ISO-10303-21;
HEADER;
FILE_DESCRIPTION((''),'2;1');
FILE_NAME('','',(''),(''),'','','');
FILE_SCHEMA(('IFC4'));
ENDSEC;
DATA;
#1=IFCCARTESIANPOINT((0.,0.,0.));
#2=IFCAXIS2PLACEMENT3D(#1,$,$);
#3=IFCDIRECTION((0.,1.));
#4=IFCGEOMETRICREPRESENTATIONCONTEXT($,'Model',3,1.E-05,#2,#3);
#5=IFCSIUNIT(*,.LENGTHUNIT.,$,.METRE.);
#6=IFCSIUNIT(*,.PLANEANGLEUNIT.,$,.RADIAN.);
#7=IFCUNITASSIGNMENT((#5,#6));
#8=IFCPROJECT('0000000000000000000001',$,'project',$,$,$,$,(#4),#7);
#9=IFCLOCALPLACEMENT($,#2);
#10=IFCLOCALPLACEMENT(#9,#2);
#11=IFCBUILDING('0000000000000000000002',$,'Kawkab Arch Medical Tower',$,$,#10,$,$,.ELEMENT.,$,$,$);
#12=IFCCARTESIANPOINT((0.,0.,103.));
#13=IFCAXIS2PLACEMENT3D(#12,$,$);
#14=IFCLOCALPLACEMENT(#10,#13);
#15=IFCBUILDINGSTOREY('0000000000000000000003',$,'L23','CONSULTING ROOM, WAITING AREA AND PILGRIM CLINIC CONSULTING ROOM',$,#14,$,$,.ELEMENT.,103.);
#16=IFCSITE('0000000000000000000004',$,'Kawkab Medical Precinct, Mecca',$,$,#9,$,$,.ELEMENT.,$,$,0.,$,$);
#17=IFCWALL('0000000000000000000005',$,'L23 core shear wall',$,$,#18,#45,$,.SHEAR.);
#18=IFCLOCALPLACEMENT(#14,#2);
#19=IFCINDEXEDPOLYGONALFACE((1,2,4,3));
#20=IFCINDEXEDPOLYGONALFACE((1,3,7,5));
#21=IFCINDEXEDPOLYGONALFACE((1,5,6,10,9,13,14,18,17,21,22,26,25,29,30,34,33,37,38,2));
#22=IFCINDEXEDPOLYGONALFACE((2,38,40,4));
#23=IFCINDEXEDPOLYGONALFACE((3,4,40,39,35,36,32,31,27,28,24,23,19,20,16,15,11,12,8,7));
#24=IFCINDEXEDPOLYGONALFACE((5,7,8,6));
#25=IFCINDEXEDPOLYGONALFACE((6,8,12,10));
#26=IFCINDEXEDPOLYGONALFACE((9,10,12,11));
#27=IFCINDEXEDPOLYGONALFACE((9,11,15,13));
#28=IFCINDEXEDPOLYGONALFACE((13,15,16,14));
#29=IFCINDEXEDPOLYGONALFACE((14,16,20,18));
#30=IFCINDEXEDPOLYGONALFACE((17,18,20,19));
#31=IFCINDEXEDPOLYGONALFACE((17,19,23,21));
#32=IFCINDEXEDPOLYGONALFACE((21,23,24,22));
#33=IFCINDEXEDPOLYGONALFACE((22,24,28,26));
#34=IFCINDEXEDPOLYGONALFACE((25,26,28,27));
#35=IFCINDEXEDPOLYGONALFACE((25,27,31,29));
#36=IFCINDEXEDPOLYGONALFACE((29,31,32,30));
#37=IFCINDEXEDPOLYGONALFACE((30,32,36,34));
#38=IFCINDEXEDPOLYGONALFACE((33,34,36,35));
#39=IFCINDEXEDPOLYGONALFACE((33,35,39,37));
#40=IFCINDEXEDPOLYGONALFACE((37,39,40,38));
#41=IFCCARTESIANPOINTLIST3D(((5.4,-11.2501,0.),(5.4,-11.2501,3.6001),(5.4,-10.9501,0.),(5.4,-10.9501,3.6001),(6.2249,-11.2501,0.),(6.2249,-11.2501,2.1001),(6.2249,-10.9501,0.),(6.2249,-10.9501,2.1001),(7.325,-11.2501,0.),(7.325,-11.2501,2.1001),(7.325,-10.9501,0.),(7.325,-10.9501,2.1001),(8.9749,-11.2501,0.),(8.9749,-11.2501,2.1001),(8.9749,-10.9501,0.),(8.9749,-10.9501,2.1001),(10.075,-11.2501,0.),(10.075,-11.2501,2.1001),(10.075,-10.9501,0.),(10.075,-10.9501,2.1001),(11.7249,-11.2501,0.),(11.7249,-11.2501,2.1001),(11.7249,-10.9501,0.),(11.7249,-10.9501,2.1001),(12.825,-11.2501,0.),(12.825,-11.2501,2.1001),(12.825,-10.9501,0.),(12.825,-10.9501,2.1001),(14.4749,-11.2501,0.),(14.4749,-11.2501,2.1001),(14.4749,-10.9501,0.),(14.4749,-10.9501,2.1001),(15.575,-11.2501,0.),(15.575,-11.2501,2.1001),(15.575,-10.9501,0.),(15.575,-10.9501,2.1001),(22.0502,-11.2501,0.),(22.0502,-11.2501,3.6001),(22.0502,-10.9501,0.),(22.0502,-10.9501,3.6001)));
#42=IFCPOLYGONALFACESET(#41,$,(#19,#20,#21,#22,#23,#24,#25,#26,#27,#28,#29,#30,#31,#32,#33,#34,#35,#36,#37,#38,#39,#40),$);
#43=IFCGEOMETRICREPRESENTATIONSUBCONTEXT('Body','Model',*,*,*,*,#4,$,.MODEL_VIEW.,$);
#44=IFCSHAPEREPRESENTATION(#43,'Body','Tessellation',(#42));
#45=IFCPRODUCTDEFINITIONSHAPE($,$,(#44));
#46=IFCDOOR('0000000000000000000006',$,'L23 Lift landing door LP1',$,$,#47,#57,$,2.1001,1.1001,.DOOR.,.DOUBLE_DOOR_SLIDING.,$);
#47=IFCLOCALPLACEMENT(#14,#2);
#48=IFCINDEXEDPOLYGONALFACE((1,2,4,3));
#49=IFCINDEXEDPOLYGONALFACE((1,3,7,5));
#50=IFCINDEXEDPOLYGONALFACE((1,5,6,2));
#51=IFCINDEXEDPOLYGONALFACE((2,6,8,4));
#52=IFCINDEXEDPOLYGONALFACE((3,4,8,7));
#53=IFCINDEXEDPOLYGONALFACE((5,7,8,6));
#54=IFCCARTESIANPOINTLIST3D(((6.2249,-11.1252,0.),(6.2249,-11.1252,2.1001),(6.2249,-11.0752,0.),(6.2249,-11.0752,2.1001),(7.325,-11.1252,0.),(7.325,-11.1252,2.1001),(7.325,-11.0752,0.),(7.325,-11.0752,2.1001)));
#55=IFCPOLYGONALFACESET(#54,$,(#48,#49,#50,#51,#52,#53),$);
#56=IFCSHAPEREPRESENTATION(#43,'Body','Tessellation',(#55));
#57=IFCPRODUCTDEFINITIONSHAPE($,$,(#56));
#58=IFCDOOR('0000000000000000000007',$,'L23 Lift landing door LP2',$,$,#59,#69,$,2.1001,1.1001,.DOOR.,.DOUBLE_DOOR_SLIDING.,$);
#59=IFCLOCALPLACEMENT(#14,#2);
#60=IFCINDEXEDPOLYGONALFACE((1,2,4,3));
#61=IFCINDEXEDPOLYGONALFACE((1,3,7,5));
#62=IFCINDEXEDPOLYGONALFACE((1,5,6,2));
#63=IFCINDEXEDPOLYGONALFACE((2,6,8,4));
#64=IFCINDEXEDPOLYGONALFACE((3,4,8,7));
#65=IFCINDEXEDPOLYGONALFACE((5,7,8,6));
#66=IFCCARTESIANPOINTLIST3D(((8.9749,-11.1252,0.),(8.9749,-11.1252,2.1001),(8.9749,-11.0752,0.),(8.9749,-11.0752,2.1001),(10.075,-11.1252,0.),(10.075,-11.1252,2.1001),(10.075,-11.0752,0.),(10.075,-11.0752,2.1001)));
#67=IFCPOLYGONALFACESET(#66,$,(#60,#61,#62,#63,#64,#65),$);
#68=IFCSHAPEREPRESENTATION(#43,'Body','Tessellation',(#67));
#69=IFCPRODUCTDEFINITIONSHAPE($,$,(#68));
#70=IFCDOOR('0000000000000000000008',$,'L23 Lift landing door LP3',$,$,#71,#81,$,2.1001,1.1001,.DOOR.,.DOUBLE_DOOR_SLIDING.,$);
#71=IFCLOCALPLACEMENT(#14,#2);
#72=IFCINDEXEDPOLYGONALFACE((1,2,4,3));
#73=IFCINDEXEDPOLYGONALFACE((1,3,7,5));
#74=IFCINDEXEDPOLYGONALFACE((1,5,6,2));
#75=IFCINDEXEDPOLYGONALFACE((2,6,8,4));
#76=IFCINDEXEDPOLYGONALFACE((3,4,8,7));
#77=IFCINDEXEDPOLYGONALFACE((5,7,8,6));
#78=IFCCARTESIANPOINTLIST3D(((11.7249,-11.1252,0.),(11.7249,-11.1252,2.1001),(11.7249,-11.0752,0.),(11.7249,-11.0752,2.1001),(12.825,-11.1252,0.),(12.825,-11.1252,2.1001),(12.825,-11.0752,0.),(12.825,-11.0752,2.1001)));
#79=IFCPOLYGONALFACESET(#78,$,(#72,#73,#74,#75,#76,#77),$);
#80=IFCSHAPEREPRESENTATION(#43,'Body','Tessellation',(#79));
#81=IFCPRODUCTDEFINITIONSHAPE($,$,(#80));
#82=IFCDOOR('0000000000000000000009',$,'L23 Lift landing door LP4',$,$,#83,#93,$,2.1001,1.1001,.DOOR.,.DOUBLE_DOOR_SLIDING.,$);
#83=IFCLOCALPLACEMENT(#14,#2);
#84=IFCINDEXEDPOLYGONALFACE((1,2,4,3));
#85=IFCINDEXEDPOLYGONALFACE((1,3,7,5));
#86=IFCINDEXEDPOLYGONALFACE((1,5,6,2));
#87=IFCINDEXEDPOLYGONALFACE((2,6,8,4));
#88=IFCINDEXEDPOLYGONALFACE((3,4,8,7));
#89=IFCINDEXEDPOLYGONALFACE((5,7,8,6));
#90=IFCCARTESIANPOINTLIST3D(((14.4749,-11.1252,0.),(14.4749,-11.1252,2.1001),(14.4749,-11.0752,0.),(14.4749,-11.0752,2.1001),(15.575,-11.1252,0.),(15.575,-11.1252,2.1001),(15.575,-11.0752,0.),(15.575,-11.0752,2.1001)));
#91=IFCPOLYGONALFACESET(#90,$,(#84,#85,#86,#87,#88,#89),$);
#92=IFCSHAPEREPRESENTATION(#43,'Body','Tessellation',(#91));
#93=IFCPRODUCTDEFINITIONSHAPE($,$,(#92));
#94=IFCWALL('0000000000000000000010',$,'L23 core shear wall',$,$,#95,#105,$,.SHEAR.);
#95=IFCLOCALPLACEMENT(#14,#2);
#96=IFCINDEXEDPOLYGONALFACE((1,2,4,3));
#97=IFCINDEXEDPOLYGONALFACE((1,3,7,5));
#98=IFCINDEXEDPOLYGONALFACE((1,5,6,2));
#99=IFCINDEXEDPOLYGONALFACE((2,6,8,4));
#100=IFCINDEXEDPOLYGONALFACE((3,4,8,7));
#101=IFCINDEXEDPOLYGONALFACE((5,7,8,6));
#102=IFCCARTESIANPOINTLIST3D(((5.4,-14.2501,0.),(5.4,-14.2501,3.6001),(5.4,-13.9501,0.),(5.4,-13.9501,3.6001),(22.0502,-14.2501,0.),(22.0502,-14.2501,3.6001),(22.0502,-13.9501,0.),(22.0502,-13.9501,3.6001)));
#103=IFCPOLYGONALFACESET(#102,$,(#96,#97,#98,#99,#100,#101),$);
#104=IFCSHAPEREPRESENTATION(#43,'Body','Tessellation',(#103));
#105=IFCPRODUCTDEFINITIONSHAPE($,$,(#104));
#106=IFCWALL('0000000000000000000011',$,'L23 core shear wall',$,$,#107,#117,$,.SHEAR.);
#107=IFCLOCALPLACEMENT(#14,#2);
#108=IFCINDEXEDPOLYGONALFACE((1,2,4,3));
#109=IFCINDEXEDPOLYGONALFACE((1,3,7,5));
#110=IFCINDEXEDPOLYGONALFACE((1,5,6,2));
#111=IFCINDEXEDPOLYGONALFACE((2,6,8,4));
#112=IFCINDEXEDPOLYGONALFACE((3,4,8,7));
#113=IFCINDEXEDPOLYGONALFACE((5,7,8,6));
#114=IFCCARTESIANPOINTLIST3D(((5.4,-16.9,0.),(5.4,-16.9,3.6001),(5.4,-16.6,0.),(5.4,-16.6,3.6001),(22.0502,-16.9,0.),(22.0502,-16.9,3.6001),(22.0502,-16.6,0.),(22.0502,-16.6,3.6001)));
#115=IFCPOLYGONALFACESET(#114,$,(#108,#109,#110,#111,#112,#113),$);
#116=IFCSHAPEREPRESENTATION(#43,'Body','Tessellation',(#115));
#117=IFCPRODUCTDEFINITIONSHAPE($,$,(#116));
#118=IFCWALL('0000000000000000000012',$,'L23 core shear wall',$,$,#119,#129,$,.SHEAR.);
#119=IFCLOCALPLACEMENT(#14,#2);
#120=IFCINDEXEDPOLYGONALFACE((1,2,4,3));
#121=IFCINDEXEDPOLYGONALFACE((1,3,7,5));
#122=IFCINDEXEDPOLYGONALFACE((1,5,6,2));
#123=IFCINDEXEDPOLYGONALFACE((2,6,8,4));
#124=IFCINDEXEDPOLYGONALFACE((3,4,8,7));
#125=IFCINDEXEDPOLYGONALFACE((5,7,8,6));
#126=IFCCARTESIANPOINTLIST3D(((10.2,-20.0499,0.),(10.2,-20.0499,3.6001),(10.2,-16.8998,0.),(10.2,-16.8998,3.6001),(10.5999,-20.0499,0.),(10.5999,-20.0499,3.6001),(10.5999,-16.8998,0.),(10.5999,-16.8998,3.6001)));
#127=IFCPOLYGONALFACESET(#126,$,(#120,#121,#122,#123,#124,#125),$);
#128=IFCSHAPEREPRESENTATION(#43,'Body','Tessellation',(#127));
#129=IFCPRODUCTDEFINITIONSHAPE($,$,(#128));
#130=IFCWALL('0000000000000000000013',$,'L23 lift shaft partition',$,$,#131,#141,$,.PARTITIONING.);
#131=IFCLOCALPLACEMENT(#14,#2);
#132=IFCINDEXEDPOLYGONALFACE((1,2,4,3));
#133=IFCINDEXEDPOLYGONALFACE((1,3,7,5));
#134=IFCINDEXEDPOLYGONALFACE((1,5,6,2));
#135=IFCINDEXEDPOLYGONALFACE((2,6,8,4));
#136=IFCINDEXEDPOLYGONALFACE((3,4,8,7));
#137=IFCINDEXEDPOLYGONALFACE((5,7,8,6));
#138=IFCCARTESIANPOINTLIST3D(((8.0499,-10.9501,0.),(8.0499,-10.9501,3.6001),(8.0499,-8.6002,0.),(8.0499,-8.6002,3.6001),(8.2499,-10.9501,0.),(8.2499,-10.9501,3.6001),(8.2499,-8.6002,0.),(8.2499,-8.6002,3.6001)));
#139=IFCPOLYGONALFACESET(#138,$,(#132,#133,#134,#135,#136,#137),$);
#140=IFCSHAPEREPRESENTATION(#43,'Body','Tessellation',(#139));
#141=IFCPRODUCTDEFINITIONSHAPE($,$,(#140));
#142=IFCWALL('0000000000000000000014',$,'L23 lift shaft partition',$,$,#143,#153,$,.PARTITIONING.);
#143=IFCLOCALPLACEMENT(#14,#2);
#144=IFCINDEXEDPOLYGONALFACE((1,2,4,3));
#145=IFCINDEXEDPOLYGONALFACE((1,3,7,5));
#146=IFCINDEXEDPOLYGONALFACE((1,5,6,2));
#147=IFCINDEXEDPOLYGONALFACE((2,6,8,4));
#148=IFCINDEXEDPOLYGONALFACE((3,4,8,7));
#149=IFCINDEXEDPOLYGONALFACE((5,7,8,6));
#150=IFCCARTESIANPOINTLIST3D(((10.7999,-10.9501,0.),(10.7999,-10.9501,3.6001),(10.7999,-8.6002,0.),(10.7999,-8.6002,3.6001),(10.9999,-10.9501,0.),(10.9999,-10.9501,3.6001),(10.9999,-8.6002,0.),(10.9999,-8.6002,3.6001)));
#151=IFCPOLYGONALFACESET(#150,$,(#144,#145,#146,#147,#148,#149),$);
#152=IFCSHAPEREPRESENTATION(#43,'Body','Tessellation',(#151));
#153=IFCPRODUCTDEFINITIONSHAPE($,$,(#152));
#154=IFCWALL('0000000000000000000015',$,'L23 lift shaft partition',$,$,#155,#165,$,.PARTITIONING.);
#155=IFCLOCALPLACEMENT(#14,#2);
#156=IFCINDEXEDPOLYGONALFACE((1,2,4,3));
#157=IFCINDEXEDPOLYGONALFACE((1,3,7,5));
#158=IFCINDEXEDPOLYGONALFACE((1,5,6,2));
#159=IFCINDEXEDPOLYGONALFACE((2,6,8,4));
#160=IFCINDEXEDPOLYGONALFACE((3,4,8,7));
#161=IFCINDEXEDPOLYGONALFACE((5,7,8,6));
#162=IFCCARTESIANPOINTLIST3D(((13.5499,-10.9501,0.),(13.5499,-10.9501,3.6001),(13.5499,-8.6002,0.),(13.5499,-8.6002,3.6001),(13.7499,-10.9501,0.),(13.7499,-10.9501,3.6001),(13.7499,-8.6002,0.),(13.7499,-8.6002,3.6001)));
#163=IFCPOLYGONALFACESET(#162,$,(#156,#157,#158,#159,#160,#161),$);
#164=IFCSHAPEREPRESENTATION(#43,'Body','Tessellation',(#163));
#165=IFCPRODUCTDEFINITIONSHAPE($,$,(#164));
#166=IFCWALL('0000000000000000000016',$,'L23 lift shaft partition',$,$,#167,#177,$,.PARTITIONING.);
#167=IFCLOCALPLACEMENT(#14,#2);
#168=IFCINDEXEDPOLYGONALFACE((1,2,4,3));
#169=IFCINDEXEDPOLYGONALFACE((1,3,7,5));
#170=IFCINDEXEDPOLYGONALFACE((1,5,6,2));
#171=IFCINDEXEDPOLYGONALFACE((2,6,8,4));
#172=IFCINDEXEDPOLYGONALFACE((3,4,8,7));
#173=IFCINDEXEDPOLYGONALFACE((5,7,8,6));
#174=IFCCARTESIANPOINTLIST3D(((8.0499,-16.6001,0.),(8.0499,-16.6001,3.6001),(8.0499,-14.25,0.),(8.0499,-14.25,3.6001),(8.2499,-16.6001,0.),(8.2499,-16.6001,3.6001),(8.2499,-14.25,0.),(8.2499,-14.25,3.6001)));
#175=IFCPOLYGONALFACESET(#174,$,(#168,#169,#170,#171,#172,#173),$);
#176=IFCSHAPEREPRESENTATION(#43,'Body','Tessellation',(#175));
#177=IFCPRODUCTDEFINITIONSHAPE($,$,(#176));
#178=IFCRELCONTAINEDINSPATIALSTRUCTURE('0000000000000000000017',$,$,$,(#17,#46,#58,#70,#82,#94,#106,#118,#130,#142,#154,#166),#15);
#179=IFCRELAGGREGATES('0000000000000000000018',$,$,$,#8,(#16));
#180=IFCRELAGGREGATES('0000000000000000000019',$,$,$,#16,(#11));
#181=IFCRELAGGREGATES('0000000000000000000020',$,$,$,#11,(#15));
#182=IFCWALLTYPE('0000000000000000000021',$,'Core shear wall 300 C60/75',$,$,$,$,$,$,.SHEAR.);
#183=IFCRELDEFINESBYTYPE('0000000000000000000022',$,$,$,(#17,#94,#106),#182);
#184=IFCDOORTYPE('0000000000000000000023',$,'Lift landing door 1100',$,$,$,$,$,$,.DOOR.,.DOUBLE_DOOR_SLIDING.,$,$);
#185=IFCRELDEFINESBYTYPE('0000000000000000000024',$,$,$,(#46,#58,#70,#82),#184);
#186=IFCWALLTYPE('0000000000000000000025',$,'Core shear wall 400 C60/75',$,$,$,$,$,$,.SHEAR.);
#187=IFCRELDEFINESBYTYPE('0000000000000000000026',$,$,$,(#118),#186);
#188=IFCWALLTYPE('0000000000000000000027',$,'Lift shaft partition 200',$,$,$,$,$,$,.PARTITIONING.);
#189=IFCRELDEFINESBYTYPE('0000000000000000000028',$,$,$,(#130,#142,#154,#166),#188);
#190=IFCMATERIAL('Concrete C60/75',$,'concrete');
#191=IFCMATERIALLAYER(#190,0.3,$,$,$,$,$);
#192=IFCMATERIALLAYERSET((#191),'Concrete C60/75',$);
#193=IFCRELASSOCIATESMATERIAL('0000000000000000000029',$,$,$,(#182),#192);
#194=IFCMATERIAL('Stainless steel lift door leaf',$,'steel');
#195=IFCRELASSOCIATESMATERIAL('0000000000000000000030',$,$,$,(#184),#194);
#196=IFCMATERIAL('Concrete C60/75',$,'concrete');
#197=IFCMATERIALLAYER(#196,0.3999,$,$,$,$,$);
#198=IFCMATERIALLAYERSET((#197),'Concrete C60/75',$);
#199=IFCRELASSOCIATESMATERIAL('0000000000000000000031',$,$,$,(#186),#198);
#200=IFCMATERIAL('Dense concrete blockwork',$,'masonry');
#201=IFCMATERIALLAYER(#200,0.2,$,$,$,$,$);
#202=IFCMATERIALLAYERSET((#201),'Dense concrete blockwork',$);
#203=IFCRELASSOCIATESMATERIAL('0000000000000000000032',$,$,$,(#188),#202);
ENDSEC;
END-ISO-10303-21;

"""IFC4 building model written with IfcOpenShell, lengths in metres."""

from ifc_helpers import new_model, si_unit, direction, frame, frame_2d, origin, place, context, subcontext, project, spatial, rectangle, extrude, material, layer, layer_set, type_object, element, fill, save


model = new_model("IFC4")

# Units and contexts
model_context = context("Model", 3, precision=1e-05, world=origin(), true_north=direction((0.0, 1.0)))
body_context = subcontext(model_context, "Body", "Model", "MODEL_VIEW")
ifc_project = project(units=[si_unit("LENGTHUNIT", "METRE"), si_unit("PLANEANGLEUNIT", "RADIAN")], contexts=[model_context])

# Site, building, storey
site_placement = place(None, origin())
site = spatial("IfcSite", under=ifc_project, at=site_placement, Name="Kawkab Medical Precinct, Mecca", CompositionType="ELEMENT", RefElevation=0.0)
building_placement = place(site_placement, origin())
building = spatial("IfcBuilding", under=site, at=building_placement, Name="Kawkab Arch Medical Tower", CompositionType="ELEMENT")
storey_placement = place(building_placement, frame((0.0, 0.0, 103.0)))
storey = spatial("IfcBuildingStorey", under=building, at=storey_placement, Name="L23", Description="CONSULTING ROOM, WAITING AREA AND PILGRIM CLINIC CONSULTING ROOM", CompositionType="ELEMENT", Elevation=103.0)

# Shared definitions
ifc_material_1 = material(Name="Concrete C60/75", Category="concrete")
ifc_layer_1 = layer(ifc_material_1, 0.3)
ifc_layer_set_1 = layer_set([ifc_layer_1], Name="Concrete C60/75")
wall_type_1 = type_object("IfcWallType", Name="Core shear wall 300 C60/75", PredefinedType="SHEAR", material=ifc_layer_set_1)

# Wall, openings, doors
wall_1_placement = place(storey_placement, frame((5.3999, -11.1001, 0.0), z_axis=(0.0, 0.0, 1.0), x_axis=(1.0, 0.0, 0.0)))
wall_1 = element("IfcWall", 1, at=wall_1_placement, inside=storey, type_object=wall_type_1, Name="L23 core shear wall", PredefinedType="SHEAR", context=body_context, shape_type="SweptSolid", body=[
    extrude(rectangle(XDim=16.6501, YDim=0.3, at=frame_2d((8.3252, 0.0))), origin(), (0.0, 0.0, 1.0), 3.6001),
])
opening_1_placement = place(wall_1_placement, frame((0.825, 0.0, 0.0)))
opening_1 = element("IfcOpeningElement", 2, at=opening_1_placement, cuts=wall_1, PredefinedType="OPENING", context=body_context, shape_type="SweptSolid", body=[
    extrude(rectangle(XDim=1.1001, YDim=2.1001, at=frame_2d((0.55, 1.05))), frame((0.0, 0.1599, 0.0), z_axis=(0.0, -1.0, 0.0), x_axis=(1.0, 0.0, 0.0)), (0.0, 0.0, 1.0), 0.3201),
])
opening_2_placement = place(wall_1_placement, frame((3.575, 0.0, 0.0)))
opening_2 = element("IfcOpeningElement", 3, at=opening_2_placement, cuts=wall_1, PredefinedType="OPENING", context=body_context, shape_type="SweptSolid", body=[
    extrude(rectangle(XDim=1.1001, YDim=2.1001, at=frame_2d((0.55, 1.05))), frame((0.0, 0.1599, 0.0), z_axis=(0.0, -1.0, 0.0), x_axis=(1.0, 0.0, 0.0)), (0.0, 0.0, 1.0), 0.3201),
])
opening_3_placement = place(wall_1_placement, frame((6.325, 0.0, 0.0)))
opening_3 = element("IfcOpeningElement", 4, at=opening_3_placement, cuts=wall_1, PredefinedType="OPENING", context=body_context, shape_type="SweptSolid", body=[
    extrude(rectangle(XDim=1.1001, YDim=2.1001, at=frame_2d((0.55, 1.05))), frame((0.0, 0.1599, 0.0), z_axis=(0.0, -1.0, 0.0), x_axis=(1.0, 0.0, 0.0)), (0.0, 0.0, 1.0), 0.3201),
])
opening_4_placement = place(wall_1_placement, frame((9.075, 0.0, 0.0)))
opening_4 = element("IfcOpeningElement", 5, at=opening_4_placement, cuts=wall_1, PredefinedType="OPENING", context=body_context, shape_type="SweptSolid", body=[
    extrude(rectangle(XDim=1.1001, YDim=2.1001, at=frame_2d((0.55, 1.05))), frame((0.0, 0.1599, 0.0), z_axis=(0.0, -1.0, 0.0), x_axis=(1.0, 0.0, 0.0)), (0.0, 0.0, 1.0), 0.3201),
])
ifc_material_2 = material(Name="Stainless steel lift door leaf", Category="steel")
door_type_1 = type_object("IfcDoorType", Name="Lift landing door 1100", OperationType="DOUBLE_DOOR_SLIDING", PredefinedType="DOOR", material=ifc_material_2)
door_1_placement = place(opening_1_placement, origin())
door_1 = element("IfcDoor", 6, at=door_1_placement, inside=storey, type_object=door_type_1, Name="L23 Lift landing door LP1", OperationType="DOUBLE_DOOR_SLIDING", OverallHeight=2.1001, OverallWidth=1.1001, PredefinedType="DOOR", context=body_context, shape_type="SweptSolid", body=[
    extrude(rectangle(XDim=1.1001, YDim=2.1001, at=frame_2d((0.55, 1.05))), frame((0.0, 0.0249, 0.0), z_axis=(0.0, -1.0, 0.0), x_axis=(1.0, 0.0, 0.0)), (0.0, 0.0, 1.0), 0.05),
])
fill(opening_1, door_1)
door_2_placement = place(opening_2_placement, origin())
door_2 = element("IfcDoor", 7, at=door_2_placement, inside=storey, type_object=door_type_1, Name="L23 Lift landing door LP2", OperationType="DOUBLE_DOOR_SLIDING", OverallHeight=2.1001, OverallWidth=1.1001, PredefinedType="DOOR", context=body_context, shape_type="SweptSolid", body=[
    extrude(rectangle(XDim=1.1001, YDim=2.1001, at=frame_2d((0.55, 1.05))), frame((0.0, 0.0249, 0.0), z_axis=(0.0, -1.0, 0.0), x_axis=(1.0, 0.0, 0.0)), (0.0, 0.0, 1.0), 0.05),
])
fill(opening_2, door_2)
door_3_placement = place(opening_3_placement, origin())
door_3 = element("IfcDoor", 8, at=door_3_placement, inside=storey, type_object=door_type_1, Name="L23 Lift landing door LP3", OperationType="DOUBLE_DOOR_SLIDING", OverallHeight=2.1001, OverallWidth=1.1001, PredefinedType="DOOR", context=body_context, shape_type="SweptSolid", body=[
    extrude(rectangle(XDim=1.1001, YDim=2.1001, at=frame_2d((0.55, 1.05))), frame((0.0, 0.0249, 0.0), z_axis=(0.0, -1.0, 0.0), x_axis=(1.0, 0.0, 0.0)), (0.0, 0.0, 1.0), 0.05),
])
fill(opening_3, door_3)
door_4_placement = place(opening_4_placement, origin())
door_4 = element("IfcDoor", 9, at=door_4_placement, inside=storey, type_object=door_type_1, Name="L23 Lift landing door LP4", OperationType="DOUBLE_DOOR_SLIDING", OverallHeight=2.1001, OverallWidth=1.1001, PredefinedType="DOOR", context=body_context, shape_type="SweptSolid", body=[
    extrude(rectangle(XDim=1.1001, YDim=2.1001, at=frame_2d((0.55, 1.05))), frame((0.0, 0.0249, 0.0), z_axis=(0.0, -1.0, 0.0), x_axis=(1.0, 0.0, 0.0)), (0.0, 0.0, 1.0), 0.05),
])
fill(opening_4, door_4)

# Walls
for number, where, z_axis, x_axis, name in (
    (10, (5.3999, -14.1001, 0.0), (0.0, 0.0, 1.0), (1.0, 0.0, 0.0), "L23 core shear wall"),
    (11, (5.3999, -16.75, 0.0), (0.0, 0.0, 1.0), (1.0, 0.0, 0.0), "L23 core shear wall"),
):
    element("IfcWall", number, at=place(storey_placement, frame(where, z_axis=z_axis, x_axis=x_axis)), inside=storey, type_object=wall_type_1, Name=name, PredefinedType="SHEAR", context=body_context, shape_type="SweptSolid", body=[
        extrude(rectangle(XDim=16.6501, YDim=0.3, at=frame_2d((8.3252, 0.0))), origin(), (0.0, 0.0, 1.0), 3.6001),
    ])
ifc_material_3 = material(Name="Concrete C60/75", Category="concrete")
ifc_layer_2 = layer(ifc_material_3, 0.3999)
ifc_layer_set_2 = layer_set([ifc_layer_2], Name="Concrete C60/75")
wall_type_2 = type_object("IfcWallType", Name="Core shear wall 400 C60/75", PredefinedType="SHEAR", material=ifc_layer_set_2)
wall_2_placement = place(storey_placement, frame((10.3999, -20.05, 0.0), z_axis=(0.0, 0.0, 1.0), x_axis=(0.0, 1.0, 0.0)))
element("IfcWall", 12, at=wall_2_placement, inside=storey, type_object=wall_type_2, Name="L23 core shear wall", PredefinedType="SHEAR", context=body_context, shape_type="SweptSolid", body=[
    extrude(rectangle(XDim=3.1501, YDim=0.3999, at=frame_2d((1.5752, 0.0))), origin(), (0.0, 0.0, 1.0), 3.6001),
])
ifc_material_4 = material(Name="Dense concrete blockwork", Category="masonry")
ifc_layer_3 = layer(ifc_material_4, 0.2)
ifc_layer_set_3 = layer_set([ifc_layer_3], Name="Dense concrete blockwork")
wall_type_3 = type_object("IfcWallType", Name="Lift shaft partition 200", PredefinedType="PARTITIONING", material=ifc_layer_set_3)
for number, where, z_axis, x_axis, name in (
    (13, (8.1499, -10.95, 0.0), (0.0, 0.0, 1.0), (0.0, 1.0, 0.0), "L23 lift shaft partition"),
    (14, (10.8999, -10.95, 0.0), (0.0, 0.0, 1.0), (0.0, 1.0, 0.0), "L23 lift shaft partition"),
    (15, (13.6499, -10.95, 0.0), (0.0, 0.0, 1.0), (0.0, 1.0, 0.0), "L23 lift shaft partition"),
):
    element("IfcWall", number, at=place(storey_placement, frame(where, z_axis=z_axis, x_axis=x_axis)), inside=storey, type_object=wall_type_3, Name=name, PredefinedType="PARTITIONING", context=body_context, shape_type="SweptSolid", body=[
        extrude(rectangle(XDim=2.3499, YDim=0.2, at=frame_2d((1.1748, 0.0))), origin(), (0.0, 0.0, 1.0), 3.6001),
    ])
for number, where, z_axis, x_axis, name in (
    (16, (8.1499, -16.6001, 0.0), (0.0, 0.0, 1.0), (0.0, 1.0, 0.0), "L23 lift shaft partition"),
):
    element("IfcWall", number, at=place(storey_placement, frame(where, z_axis=z_axis, x_axis=x_axis)), inside=storey, type_object=wall_type_3, Name=name, PredefinedType="PARTITIONING", context=body_context, shape_type="SweptSolid", body=[
        extrude(rectangle(XDim=2.3501, YDim=0.2, at=frame_2d((1.175, 0.0))), origin(), (0.0, 0.0, 1.0), 3.6001),
    ])

save(model, "model.ifc")
